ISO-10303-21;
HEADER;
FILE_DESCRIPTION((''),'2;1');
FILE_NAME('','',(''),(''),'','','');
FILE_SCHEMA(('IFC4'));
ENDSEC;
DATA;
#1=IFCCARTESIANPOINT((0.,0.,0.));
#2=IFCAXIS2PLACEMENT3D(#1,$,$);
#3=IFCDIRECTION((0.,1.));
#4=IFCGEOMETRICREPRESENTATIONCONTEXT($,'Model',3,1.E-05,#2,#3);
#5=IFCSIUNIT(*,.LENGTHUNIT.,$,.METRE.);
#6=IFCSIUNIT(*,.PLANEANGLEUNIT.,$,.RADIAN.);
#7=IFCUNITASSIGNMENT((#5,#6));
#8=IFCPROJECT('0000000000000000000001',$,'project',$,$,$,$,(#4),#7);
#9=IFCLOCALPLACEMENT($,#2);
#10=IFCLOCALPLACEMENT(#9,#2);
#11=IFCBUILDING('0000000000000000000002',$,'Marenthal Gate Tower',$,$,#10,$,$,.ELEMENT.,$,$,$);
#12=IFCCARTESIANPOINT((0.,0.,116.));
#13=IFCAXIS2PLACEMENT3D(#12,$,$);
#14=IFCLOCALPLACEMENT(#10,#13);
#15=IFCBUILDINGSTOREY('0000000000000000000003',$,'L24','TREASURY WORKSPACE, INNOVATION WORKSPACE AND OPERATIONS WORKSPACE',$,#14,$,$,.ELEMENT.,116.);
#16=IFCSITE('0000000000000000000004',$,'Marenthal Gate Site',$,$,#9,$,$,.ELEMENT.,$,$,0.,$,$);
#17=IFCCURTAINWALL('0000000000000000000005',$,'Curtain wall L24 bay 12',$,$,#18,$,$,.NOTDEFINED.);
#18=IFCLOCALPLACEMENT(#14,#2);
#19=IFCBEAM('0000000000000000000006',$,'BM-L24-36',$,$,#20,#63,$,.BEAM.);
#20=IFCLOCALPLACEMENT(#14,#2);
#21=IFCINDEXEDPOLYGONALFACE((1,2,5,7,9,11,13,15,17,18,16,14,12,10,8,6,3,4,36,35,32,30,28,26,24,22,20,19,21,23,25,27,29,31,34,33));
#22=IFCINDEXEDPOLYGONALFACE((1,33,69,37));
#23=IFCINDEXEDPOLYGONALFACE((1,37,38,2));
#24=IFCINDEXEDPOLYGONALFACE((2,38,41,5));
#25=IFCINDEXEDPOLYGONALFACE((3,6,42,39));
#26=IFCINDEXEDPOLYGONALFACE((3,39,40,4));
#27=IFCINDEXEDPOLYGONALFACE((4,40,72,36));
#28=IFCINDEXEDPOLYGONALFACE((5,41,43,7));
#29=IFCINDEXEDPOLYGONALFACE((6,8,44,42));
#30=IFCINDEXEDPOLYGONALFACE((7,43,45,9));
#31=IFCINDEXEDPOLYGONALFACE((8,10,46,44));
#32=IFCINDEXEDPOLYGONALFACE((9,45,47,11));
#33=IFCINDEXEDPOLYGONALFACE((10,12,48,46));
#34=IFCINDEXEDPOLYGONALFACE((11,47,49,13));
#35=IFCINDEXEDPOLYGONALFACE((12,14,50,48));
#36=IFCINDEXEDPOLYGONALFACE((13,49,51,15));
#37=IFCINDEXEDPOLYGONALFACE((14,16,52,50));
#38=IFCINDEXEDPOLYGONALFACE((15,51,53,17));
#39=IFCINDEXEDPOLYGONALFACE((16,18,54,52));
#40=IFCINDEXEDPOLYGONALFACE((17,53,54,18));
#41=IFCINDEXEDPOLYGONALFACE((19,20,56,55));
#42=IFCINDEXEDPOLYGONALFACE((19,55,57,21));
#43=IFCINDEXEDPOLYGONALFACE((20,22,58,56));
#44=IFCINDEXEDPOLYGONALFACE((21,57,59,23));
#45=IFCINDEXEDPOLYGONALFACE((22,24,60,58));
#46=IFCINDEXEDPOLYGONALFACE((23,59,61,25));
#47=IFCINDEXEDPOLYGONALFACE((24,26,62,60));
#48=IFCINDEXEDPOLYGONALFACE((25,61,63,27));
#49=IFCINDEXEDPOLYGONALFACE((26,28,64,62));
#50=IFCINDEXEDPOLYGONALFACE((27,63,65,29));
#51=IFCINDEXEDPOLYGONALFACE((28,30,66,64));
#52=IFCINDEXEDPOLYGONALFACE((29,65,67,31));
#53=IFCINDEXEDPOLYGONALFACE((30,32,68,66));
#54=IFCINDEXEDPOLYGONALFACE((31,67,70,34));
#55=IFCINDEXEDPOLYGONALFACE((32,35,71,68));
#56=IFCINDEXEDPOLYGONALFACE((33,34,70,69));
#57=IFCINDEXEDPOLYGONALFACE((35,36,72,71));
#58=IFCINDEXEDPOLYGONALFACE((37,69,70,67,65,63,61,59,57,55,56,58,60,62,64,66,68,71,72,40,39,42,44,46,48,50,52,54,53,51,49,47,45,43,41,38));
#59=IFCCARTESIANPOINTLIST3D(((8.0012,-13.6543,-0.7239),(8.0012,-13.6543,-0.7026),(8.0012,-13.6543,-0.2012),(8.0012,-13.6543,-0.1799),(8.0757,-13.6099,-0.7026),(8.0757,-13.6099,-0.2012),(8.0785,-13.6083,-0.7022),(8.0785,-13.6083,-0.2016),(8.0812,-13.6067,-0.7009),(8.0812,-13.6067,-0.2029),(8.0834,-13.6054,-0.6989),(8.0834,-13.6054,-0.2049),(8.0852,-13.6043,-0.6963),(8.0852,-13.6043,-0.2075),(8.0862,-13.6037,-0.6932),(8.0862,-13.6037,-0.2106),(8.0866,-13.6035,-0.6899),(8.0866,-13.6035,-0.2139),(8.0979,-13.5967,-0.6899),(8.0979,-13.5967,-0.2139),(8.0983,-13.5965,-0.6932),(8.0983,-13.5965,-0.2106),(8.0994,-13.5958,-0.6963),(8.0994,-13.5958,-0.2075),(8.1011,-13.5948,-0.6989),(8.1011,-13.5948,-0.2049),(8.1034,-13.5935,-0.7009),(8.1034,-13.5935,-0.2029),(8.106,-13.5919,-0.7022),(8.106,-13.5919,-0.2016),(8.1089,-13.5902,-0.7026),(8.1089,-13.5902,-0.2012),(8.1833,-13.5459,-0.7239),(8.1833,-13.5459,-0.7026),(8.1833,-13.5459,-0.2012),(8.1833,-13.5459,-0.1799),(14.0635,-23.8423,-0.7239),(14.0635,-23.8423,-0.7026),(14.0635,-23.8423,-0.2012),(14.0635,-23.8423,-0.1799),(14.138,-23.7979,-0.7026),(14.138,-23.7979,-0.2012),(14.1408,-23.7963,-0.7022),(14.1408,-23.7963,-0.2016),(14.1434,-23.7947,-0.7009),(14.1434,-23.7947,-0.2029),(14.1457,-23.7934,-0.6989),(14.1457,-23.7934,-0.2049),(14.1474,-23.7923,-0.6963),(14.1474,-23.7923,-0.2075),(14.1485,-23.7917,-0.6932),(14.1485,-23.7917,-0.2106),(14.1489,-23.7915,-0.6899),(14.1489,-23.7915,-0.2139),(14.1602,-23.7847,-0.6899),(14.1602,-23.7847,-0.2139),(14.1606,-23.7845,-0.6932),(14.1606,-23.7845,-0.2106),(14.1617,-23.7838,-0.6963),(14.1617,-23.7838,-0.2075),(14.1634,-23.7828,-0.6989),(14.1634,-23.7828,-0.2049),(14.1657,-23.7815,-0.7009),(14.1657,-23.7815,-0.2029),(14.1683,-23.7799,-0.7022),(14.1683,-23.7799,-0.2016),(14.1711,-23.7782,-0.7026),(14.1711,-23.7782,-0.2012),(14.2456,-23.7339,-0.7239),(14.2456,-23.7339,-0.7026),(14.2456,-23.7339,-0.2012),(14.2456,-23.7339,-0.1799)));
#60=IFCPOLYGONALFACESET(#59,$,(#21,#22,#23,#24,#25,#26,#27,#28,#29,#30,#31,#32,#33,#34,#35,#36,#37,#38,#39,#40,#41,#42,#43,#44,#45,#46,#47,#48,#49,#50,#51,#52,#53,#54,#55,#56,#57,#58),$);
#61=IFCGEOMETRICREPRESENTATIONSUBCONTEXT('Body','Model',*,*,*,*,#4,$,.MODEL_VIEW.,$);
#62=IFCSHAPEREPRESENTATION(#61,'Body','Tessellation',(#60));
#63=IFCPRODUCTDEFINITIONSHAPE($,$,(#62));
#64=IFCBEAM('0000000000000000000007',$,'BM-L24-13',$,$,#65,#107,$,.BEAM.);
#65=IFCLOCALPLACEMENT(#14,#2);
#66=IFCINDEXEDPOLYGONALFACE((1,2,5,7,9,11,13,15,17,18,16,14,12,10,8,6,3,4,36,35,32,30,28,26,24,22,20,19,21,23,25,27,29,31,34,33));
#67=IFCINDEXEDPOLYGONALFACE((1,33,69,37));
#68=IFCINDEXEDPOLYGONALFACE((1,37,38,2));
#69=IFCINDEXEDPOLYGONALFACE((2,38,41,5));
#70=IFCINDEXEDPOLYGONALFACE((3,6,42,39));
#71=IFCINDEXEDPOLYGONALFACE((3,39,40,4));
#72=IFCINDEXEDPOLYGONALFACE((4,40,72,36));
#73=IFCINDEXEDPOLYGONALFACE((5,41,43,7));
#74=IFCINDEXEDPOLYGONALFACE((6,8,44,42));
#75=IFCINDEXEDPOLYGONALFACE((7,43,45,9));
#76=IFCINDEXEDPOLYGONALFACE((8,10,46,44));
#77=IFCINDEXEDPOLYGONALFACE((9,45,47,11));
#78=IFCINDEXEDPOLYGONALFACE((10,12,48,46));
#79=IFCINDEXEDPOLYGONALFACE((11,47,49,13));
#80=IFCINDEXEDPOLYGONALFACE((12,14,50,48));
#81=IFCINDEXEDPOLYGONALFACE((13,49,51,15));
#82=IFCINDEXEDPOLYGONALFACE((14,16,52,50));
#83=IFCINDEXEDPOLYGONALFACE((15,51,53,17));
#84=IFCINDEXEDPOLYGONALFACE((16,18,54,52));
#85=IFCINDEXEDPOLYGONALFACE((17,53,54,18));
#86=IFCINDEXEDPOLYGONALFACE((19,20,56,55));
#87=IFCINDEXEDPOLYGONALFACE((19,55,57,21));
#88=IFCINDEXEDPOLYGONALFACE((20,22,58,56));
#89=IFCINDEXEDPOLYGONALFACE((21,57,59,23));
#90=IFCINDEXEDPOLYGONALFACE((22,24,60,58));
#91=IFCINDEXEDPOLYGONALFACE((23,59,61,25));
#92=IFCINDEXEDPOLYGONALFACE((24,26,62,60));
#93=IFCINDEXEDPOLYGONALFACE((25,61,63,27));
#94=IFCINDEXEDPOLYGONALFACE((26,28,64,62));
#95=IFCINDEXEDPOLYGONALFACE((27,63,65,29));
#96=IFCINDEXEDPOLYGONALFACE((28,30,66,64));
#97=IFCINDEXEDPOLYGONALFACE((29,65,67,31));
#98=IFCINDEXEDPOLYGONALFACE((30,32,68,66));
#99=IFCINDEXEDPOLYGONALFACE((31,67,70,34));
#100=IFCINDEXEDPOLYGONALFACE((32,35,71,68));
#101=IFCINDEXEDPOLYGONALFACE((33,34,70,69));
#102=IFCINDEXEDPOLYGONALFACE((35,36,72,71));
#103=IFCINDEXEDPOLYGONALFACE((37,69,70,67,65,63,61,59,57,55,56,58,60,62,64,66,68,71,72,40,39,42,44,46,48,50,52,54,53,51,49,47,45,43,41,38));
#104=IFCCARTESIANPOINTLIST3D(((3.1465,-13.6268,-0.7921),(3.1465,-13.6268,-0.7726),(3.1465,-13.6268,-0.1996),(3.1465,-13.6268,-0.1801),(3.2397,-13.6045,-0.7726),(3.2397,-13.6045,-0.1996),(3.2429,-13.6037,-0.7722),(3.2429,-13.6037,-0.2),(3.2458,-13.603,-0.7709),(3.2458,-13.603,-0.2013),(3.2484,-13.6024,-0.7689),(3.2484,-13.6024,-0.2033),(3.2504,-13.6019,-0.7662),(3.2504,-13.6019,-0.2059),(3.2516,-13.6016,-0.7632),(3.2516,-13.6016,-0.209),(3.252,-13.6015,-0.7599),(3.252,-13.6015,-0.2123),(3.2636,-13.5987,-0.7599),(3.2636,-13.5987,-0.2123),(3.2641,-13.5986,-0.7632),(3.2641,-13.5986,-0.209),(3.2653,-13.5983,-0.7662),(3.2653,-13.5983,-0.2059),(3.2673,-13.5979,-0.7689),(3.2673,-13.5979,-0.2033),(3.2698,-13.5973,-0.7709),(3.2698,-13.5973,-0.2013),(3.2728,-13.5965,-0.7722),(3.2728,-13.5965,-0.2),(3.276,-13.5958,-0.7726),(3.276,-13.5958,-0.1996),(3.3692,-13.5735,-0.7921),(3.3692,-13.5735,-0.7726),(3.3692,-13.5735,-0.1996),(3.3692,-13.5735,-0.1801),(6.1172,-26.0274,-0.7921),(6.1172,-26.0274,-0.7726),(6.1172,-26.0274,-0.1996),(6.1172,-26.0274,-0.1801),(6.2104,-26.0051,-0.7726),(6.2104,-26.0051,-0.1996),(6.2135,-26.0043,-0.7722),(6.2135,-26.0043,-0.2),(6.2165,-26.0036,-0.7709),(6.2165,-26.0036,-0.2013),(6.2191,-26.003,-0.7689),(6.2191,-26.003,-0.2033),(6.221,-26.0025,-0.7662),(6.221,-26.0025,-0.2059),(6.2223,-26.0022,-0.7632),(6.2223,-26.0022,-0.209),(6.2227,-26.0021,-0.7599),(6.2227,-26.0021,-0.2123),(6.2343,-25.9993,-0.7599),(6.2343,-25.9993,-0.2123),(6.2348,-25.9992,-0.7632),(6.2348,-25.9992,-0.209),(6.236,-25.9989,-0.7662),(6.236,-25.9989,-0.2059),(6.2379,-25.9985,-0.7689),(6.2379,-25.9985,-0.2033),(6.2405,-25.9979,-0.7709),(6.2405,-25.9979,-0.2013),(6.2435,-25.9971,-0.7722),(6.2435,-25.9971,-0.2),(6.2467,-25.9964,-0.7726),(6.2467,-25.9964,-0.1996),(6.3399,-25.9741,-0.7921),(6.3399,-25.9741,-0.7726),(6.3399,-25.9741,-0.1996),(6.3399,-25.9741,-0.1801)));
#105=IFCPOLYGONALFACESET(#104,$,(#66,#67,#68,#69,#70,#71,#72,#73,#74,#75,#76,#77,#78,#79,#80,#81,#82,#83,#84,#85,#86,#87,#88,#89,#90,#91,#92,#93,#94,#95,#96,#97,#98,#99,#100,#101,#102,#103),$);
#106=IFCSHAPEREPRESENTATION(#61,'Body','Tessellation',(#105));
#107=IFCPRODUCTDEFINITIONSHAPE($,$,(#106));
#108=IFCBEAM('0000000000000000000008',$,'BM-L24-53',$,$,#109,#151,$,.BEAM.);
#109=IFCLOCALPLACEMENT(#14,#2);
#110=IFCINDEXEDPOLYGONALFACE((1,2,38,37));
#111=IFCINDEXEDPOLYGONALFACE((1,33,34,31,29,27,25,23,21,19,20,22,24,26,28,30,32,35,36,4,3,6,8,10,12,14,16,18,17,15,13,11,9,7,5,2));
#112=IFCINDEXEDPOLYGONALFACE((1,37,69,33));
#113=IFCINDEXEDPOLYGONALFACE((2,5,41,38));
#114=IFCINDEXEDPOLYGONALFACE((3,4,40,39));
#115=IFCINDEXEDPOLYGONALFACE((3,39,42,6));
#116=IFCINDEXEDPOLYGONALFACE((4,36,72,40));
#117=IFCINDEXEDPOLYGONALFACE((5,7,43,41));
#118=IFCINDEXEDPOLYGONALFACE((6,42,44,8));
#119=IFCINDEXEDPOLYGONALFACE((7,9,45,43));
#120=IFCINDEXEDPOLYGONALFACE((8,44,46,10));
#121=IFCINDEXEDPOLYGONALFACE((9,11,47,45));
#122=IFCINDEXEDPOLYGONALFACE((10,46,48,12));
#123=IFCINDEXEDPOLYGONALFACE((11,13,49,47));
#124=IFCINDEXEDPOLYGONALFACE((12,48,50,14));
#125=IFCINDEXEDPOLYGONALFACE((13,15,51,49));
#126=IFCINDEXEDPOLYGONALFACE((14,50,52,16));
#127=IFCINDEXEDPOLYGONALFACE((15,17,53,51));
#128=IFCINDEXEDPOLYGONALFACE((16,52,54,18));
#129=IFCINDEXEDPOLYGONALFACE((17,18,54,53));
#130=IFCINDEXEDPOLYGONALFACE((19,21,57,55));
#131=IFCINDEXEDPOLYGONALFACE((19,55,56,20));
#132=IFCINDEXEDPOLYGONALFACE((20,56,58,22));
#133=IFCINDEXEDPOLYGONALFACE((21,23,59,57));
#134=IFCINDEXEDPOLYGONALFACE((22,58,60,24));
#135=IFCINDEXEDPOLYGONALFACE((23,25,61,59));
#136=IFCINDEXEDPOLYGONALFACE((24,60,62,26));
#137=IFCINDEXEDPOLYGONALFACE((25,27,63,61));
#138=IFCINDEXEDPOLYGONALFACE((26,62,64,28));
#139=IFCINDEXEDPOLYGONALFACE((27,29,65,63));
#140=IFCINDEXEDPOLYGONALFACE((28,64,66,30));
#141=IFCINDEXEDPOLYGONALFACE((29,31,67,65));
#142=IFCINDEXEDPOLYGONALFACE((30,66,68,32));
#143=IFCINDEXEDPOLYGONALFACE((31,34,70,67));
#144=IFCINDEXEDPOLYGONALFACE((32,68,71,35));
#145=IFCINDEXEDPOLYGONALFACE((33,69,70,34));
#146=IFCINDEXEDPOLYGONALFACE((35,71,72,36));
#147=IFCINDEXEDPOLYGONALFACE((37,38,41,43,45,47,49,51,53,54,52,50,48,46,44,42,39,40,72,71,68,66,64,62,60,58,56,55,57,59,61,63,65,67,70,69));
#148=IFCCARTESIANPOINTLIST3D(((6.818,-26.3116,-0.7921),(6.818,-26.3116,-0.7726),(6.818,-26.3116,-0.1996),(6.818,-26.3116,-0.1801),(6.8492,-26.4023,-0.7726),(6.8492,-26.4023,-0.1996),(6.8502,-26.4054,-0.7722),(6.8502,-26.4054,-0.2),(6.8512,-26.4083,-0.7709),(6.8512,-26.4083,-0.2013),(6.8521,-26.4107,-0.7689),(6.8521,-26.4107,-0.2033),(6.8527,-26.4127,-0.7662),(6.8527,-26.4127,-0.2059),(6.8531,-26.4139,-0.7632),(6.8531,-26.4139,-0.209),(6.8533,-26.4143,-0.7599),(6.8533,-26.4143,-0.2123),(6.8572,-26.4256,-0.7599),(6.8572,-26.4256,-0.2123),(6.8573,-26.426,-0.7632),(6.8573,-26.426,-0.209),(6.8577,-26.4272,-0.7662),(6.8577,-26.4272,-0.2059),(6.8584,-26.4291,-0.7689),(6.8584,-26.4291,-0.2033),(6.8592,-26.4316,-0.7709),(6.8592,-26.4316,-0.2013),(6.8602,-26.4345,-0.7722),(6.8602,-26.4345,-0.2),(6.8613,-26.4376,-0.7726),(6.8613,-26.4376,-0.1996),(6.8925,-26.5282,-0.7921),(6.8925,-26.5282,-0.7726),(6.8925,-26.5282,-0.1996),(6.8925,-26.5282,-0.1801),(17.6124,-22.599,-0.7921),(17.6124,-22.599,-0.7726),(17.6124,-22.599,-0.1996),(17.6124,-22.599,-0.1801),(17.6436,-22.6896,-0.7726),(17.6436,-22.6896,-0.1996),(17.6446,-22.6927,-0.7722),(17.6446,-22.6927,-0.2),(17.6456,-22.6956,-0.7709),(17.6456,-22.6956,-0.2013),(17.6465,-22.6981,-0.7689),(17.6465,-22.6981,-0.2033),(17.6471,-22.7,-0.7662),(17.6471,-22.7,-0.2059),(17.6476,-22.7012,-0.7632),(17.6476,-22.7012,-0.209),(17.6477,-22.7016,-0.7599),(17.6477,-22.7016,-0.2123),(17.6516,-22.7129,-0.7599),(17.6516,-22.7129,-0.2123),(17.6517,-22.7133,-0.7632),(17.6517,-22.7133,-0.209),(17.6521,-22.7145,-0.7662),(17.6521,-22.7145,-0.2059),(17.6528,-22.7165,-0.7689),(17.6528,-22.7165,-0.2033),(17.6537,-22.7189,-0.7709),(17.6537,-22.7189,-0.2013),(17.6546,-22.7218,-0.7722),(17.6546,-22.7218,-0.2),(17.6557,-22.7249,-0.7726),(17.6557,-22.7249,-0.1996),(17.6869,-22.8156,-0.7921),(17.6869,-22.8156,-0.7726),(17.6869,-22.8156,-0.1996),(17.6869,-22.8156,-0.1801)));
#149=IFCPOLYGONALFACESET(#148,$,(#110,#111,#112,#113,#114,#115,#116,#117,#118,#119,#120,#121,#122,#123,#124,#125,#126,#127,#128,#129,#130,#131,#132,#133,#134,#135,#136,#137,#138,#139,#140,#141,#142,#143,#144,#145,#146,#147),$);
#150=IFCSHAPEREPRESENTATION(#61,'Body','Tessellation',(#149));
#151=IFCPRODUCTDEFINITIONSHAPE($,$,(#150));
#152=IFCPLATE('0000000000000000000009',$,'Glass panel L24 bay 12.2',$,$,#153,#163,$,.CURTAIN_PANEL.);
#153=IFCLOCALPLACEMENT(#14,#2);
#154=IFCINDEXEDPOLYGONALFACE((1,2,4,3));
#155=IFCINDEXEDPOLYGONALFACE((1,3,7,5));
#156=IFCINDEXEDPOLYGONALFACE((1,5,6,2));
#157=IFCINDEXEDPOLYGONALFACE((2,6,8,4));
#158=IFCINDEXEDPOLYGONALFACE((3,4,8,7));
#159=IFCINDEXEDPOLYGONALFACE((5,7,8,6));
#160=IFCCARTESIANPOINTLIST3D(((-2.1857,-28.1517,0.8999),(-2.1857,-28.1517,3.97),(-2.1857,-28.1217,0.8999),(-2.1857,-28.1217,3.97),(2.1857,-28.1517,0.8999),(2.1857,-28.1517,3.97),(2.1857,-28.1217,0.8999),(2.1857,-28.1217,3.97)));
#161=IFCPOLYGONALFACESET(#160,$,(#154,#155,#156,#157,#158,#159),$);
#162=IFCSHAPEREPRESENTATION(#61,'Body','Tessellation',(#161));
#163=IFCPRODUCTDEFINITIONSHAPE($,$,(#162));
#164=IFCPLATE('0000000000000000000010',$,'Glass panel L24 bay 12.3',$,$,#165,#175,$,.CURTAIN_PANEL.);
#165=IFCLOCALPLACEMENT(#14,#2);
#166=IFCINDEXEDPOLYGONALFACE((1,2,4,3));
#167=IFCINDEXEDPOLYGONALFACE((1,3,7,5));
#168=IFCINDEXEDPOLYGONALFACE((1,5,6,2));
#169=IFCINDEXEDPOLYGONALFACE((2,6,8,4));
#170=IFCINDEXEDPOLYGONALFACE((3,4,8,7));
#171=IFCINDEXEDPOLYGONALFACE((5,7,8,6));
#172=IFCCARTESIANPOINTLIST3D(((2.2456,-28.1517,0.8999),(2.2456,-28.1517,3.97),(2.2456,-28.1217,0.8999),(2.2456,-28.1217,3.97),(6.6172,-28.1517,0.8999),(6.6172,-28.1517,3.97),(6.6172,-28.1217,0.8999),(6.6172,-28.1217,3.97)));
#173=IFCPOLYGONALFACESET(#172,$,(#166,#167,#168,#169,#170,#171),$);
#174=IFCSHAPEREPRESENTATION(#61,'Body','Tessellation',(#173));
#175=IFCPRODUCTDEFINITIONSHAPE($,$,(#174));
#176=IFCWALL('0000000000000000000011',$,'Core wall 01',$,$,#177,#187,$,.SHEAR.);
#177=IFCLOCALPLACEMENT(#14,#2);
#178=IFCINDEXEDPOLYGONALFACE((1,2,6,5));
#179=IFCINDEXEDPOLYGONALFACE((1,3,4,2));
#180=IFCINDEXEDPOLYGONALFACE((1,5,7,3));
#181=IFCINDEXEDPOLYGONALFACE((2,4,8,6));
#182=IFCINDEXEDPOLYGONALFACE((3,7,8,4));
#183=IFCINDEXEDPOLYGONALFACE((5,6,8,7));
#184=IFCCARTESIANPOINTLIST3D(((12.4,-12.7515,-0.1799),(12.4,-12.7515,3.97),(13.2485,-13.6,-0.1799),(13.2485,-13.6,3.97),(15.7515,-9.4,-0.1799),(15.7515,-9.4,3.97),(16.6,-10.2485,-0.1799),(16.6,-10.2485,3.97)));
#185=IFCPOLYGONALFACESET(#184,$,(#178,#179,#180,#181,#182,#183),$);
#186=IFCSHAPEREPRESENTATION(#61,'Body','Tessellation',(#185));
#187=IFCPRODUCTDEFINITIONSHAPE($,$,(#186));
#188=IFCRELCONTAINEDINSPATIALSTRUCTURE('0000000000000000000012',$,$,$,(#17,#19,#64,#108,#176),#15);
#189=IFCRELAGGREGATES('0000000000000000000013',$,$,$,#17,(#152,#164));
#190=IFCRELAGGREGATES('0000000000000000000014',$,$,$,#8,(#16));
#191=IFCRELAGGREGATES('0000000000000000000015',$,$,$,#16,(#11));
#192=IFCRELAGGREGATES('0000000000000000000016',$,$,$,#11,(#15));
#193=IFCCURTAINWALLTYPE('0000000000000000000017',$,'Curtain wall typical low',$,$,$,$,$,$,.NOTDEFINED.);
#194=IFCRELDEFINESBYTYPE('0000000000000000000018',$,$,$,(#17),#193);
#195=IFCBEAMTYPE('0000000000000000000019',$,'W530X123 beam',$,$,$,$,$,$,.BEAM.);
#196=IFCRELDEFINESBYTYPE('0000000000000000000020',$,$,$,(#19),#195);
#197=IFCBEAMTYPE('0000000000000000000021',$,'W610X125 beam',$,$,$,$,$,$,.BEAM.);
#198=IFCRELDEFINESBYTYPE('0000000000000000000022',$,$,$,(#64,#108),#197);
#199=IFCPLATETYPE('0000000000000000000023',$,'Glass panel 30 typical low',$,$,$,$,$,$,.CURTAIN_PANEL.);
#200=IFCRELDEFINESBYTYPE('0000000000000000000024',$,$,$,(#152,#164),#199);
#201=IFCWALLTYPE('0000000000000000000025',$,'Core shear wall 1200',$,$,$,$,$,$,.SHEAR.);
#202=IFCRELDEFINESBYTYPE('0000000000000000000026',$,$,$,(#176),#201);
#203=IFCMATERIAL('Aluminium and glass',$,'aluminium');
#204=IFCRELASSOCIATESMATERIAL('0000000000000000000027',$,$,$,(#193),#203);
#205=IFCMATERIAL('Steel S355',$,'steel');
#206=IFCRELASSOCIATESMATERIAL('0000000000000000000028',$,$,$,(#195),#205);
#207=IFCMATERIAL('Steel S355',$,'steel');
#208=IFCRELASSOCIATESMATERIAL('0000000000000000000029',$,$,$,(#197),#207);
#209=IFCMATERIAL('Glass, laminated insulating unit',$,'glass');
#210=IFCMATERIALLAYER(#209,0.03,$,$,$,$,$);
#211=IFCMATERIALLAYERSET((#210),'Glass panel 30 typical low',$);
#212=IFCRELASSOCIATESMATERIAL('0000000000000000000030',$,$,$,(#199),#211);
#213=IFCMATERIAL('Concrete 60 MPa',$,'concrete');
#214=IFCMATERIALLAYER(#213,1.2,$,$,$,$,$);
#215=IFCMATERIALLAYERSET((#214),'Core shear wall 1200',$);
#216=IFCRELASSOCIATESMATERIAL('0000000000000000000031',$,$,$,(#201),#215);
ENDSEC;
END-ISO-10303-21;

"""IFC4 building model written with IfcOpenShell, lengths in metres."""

from ifc_helpers import new_model, si_unit, direction, frame, frame_2d, origin, origin_2d, place, context, subcontext, project, spatial, rectangle, i_section, extrude, material, layer, layer_set, material_profile, profile_set, type_object, element, aggregate, save


model = new_model("IFC4")

# Units and contexts
model_context = context("Model", 3, precision=1e-05, world=origin(), true_north=direction((0.0, 1.0)))
body_context = subcontext(model_context, "Body", "Model", "MODEL_VIEW")
ifc_project = project(units=[si_unit("LENGTHUNIT", "METRE"), si_unit("PLANEANGLEUNIT", "RADIAN")], contexts=[model_context])

# Site, building, storey
site_placement = place(None, origin())
site = spatial("IfcSite", under=ifc_project, at=site_placement, Name="Marenthal Gate Site", CompositionType="ELEMENT", RefElevation=0.0)
building_placement = place(site_placement, origin())
building = spatial("IfcBuilding", under=site, at=building_placement, Name="Marenthal Gate Tower", CompositionType="ELEMENT")
storey_placement = place(building_placement, frame((0.0, 0.0, 116.0)))
storey = spatial("IfcBuildingStorey", under=building, at=storey_placement, Name="L24", Description="TREASURY WORKSPACE, INNOVATION WORKSPACE AND OPERATIONS WORKSPACE", CompositionType="ELEMENT", Elevation=116.0)

# Curtain wall
ifc_material_1 = material(Name="Aluminium and glass", Category="aluminium")
curtain_wall_type = type_object("IfcCurtainWallType", Name="Curtain wall typical low", PredefinedType="NOTDEFINED", material=ifc_material_1)
curtain_wall_placement = place(storey_placement, origin())
curtain_wall = element("IfcCurtainWall", 1, at=curtain_wall_placement, inside=storey, type_object=curtain_wall_type, Name="Curtain wall L24 bay 12", PredefinedType="NOTDEFINED")

# Beams
ifc_material_2 = material(Name="Steel S355", Category="steel")
ifc_material_profile_1 = material_profile(ifc_material_2, i_section(OverallWidth=0.2119, OverallDepth=0.5439, WebThickness=0.0132, FlangeThickness=0.0212, FilletRadius=0.0127, at=origin_2d()), Name="W530X123")
ifc_profile_set_1 = profile_set([ifc_material_profile_1], Name="Steel S355")
beam_type_1 = type_object("IfcBeamType", Name="W530X123 beam", PredefinedType="BEAM", material=ifc_profile_set_1)
beam_1_placement = place(storey_placement, frame((14.1545, -23.7881, -0.4519), z_axis=(-0.511358, 0.859368, 0.0), x_axis=(-0.859368, -0.511358, 0.0)))
element("IfcBeam", 2, at=beam_1_placement, inside=storey, type_object=beam_type_1, Name="BM-L24-36", PredefinedType="BEAM", context=body_context, shape_type="SweptSolid", body=[
    extrude(i_section(OverallWidth=0.2119, OverallDepth=0.5439, WebThickness=0.0132, FlangeThickness=0.0212, FilletRadius=0.0127, at=origin_2d()), origin(), (0.0, 0.0, 1.0), 11.8552),
])
ifc_material_3 = material(Name="Steel S355", Category="steel")
ifc_material_profile_2 = material_profile(ifc_material_3, i_section(OverallWidth=0.229, OverallDepth=0.6121, WebThickness=0.012, FlangeThickness=0.0195, FilletRadius=0.0127, at=origin_2d()), Name="W610X125")
ifc_profile_set_2 = profile_set([ifc_material_profile_2], Name="Steel S355")
beam_type_2 = type_object("IfcBeamType", Name="W610X125 beam", PredefinedType="BEAM", material=ifc_profile_set_2)
beam_2_placement = place(storey_placement, frame((6.2285, -26.0007, -0.4861), z_axis=(-0.232969, 0.972484, 0.0), x_axis=(-0.972484, -0.232969, 0.0)))
element("IfcBeam", 3, at=beam_2_placement, inside=storey, type_object=beam_type_2, Name="BM-L24-13", PredefinedType="BEAM", context=body_context, shape_type="SweptSolid", body=[
    extrude(i_section(OverallWidth=0.229, OverallDepth=0.6121, WebThickness=0.012, FlangeThickness=0.0195, FilletRadius=0.0127, at=origin_2d()), origin(), (0.0, 0.0, 1.0), 12.7515),
])
beam_3_placement = place(storey_placement, frame((6.8552, -26.4199, -0.4861), z_axis=(0.945631, 0.325241, 0.0), x_axis=(-0.325241, 0.945631, 0.0)))
element("IfcBeam", 4, at=beam_3_placement, inside=storey, type_object=beam_type_2, Name="BM-L24-53", PredefinedType="BEAM", context=body_context, shape_type="SweptSolid", body=[
    extrude(i_section(OverallWidth=0.229, OverallDepth=0.6121, WebThickness=0.012, FlangeThickness=0.0195, FilletRadius=0.0127, at=origin_2d()), origin(), (0.0, 0.0, 1.0), 11.415),
])

# Plates
ifc_material_4 = material(Name="Glass, laminated insulating unit", Category="glass")
ifc_layer_1 = layer(ifc_material_4, 0.03)
ifc_layer_set_1 = layer_set([ifc_layer_1], Name="Glass panel 30 typical low")
plate_type = type_object("IfcPlateType", Name="Glass panel 30 typical low", PredefinedType="CURTAIN_PANEL", material=ifc_layer_set_1)
plate_1_placement = place(storey_placement, frame((0.0, -28.1367, 0.8999), z_axis=(0.0, 0.0, 1.0), x_axis=(1.0, 0.0, 0.0)))
plate_1 = element("IfcPlate", 5, at=plate_1_placement, type_object=plate_type, Name="Glass panel L24 bay 12.2", PredefinedType="CURTAIN_PANEL", context=body_context, shape_type="SweptSolid", body=[
    extrude(rectangle(XDim=4.3713, YDim=0.03, at=origin_2d()), origin(), (0.0, 0.0, 1.0), 3.0701),
])
plate_2_placement = place(storey_placement, frame((4.4314, -28.1367, 0.8999), z_axis=(0.0, 0.0, 1.0), x_axis=(1.0, 0.0, 0.0)))
plate_2 = element("IfcPlate", 6, at=plate_2_placement, type_object=plate_type, Name="Glass panel L24 bay 12.3", PredefinedType="CURTAIN_PANEL", context=body_context, shape_type="SweptSolid", body=[
    extrude(rectangle(XDim=4.3716, YDim=0.03, at=origin_2d()), origin(), (0.0, 0.0, 1.0), 3.0701),
])
aggregate(curtain_wall, [plate_1, plate_2])

# Wall
ifc_material_5 = material(Name="Concrete 60 MPa", Category="concrete")
ifc_layer_2 = layer(ifc_material_5, 1.2)
ifc_layer_set_2 = layer_set([ifc_layer_2], Name="Core shear wall 1200")
wall_type_1 = type_object("IfcWallType", Name="Core shear wall 1200", PredefinedType="SHEAR", material=ifc_layer_set_2)
wall_1_placement = place(storey_placement, frame((12.8242, -13.1758, -0.1799), z_axis=(0.0, 0.0, 1.0), x_axis=(0.707107, 0.707107, 0.0)))
element("IfcWall", 7, at=wall_1_placement, inside=storey, type_object=wall_type_1, Name="Core wall 01", PredefinedType="SHEAR", context=body_context, shape_type="SweptSolid", body=[
    extrude(rectangle(XDim=4.7397, YDim=1.2, at=frame_2d((2.3699, 0.0))), origin(), (0.0, 0.0, 1.0), 4.1499),
])

save(model, "model.ifc")
